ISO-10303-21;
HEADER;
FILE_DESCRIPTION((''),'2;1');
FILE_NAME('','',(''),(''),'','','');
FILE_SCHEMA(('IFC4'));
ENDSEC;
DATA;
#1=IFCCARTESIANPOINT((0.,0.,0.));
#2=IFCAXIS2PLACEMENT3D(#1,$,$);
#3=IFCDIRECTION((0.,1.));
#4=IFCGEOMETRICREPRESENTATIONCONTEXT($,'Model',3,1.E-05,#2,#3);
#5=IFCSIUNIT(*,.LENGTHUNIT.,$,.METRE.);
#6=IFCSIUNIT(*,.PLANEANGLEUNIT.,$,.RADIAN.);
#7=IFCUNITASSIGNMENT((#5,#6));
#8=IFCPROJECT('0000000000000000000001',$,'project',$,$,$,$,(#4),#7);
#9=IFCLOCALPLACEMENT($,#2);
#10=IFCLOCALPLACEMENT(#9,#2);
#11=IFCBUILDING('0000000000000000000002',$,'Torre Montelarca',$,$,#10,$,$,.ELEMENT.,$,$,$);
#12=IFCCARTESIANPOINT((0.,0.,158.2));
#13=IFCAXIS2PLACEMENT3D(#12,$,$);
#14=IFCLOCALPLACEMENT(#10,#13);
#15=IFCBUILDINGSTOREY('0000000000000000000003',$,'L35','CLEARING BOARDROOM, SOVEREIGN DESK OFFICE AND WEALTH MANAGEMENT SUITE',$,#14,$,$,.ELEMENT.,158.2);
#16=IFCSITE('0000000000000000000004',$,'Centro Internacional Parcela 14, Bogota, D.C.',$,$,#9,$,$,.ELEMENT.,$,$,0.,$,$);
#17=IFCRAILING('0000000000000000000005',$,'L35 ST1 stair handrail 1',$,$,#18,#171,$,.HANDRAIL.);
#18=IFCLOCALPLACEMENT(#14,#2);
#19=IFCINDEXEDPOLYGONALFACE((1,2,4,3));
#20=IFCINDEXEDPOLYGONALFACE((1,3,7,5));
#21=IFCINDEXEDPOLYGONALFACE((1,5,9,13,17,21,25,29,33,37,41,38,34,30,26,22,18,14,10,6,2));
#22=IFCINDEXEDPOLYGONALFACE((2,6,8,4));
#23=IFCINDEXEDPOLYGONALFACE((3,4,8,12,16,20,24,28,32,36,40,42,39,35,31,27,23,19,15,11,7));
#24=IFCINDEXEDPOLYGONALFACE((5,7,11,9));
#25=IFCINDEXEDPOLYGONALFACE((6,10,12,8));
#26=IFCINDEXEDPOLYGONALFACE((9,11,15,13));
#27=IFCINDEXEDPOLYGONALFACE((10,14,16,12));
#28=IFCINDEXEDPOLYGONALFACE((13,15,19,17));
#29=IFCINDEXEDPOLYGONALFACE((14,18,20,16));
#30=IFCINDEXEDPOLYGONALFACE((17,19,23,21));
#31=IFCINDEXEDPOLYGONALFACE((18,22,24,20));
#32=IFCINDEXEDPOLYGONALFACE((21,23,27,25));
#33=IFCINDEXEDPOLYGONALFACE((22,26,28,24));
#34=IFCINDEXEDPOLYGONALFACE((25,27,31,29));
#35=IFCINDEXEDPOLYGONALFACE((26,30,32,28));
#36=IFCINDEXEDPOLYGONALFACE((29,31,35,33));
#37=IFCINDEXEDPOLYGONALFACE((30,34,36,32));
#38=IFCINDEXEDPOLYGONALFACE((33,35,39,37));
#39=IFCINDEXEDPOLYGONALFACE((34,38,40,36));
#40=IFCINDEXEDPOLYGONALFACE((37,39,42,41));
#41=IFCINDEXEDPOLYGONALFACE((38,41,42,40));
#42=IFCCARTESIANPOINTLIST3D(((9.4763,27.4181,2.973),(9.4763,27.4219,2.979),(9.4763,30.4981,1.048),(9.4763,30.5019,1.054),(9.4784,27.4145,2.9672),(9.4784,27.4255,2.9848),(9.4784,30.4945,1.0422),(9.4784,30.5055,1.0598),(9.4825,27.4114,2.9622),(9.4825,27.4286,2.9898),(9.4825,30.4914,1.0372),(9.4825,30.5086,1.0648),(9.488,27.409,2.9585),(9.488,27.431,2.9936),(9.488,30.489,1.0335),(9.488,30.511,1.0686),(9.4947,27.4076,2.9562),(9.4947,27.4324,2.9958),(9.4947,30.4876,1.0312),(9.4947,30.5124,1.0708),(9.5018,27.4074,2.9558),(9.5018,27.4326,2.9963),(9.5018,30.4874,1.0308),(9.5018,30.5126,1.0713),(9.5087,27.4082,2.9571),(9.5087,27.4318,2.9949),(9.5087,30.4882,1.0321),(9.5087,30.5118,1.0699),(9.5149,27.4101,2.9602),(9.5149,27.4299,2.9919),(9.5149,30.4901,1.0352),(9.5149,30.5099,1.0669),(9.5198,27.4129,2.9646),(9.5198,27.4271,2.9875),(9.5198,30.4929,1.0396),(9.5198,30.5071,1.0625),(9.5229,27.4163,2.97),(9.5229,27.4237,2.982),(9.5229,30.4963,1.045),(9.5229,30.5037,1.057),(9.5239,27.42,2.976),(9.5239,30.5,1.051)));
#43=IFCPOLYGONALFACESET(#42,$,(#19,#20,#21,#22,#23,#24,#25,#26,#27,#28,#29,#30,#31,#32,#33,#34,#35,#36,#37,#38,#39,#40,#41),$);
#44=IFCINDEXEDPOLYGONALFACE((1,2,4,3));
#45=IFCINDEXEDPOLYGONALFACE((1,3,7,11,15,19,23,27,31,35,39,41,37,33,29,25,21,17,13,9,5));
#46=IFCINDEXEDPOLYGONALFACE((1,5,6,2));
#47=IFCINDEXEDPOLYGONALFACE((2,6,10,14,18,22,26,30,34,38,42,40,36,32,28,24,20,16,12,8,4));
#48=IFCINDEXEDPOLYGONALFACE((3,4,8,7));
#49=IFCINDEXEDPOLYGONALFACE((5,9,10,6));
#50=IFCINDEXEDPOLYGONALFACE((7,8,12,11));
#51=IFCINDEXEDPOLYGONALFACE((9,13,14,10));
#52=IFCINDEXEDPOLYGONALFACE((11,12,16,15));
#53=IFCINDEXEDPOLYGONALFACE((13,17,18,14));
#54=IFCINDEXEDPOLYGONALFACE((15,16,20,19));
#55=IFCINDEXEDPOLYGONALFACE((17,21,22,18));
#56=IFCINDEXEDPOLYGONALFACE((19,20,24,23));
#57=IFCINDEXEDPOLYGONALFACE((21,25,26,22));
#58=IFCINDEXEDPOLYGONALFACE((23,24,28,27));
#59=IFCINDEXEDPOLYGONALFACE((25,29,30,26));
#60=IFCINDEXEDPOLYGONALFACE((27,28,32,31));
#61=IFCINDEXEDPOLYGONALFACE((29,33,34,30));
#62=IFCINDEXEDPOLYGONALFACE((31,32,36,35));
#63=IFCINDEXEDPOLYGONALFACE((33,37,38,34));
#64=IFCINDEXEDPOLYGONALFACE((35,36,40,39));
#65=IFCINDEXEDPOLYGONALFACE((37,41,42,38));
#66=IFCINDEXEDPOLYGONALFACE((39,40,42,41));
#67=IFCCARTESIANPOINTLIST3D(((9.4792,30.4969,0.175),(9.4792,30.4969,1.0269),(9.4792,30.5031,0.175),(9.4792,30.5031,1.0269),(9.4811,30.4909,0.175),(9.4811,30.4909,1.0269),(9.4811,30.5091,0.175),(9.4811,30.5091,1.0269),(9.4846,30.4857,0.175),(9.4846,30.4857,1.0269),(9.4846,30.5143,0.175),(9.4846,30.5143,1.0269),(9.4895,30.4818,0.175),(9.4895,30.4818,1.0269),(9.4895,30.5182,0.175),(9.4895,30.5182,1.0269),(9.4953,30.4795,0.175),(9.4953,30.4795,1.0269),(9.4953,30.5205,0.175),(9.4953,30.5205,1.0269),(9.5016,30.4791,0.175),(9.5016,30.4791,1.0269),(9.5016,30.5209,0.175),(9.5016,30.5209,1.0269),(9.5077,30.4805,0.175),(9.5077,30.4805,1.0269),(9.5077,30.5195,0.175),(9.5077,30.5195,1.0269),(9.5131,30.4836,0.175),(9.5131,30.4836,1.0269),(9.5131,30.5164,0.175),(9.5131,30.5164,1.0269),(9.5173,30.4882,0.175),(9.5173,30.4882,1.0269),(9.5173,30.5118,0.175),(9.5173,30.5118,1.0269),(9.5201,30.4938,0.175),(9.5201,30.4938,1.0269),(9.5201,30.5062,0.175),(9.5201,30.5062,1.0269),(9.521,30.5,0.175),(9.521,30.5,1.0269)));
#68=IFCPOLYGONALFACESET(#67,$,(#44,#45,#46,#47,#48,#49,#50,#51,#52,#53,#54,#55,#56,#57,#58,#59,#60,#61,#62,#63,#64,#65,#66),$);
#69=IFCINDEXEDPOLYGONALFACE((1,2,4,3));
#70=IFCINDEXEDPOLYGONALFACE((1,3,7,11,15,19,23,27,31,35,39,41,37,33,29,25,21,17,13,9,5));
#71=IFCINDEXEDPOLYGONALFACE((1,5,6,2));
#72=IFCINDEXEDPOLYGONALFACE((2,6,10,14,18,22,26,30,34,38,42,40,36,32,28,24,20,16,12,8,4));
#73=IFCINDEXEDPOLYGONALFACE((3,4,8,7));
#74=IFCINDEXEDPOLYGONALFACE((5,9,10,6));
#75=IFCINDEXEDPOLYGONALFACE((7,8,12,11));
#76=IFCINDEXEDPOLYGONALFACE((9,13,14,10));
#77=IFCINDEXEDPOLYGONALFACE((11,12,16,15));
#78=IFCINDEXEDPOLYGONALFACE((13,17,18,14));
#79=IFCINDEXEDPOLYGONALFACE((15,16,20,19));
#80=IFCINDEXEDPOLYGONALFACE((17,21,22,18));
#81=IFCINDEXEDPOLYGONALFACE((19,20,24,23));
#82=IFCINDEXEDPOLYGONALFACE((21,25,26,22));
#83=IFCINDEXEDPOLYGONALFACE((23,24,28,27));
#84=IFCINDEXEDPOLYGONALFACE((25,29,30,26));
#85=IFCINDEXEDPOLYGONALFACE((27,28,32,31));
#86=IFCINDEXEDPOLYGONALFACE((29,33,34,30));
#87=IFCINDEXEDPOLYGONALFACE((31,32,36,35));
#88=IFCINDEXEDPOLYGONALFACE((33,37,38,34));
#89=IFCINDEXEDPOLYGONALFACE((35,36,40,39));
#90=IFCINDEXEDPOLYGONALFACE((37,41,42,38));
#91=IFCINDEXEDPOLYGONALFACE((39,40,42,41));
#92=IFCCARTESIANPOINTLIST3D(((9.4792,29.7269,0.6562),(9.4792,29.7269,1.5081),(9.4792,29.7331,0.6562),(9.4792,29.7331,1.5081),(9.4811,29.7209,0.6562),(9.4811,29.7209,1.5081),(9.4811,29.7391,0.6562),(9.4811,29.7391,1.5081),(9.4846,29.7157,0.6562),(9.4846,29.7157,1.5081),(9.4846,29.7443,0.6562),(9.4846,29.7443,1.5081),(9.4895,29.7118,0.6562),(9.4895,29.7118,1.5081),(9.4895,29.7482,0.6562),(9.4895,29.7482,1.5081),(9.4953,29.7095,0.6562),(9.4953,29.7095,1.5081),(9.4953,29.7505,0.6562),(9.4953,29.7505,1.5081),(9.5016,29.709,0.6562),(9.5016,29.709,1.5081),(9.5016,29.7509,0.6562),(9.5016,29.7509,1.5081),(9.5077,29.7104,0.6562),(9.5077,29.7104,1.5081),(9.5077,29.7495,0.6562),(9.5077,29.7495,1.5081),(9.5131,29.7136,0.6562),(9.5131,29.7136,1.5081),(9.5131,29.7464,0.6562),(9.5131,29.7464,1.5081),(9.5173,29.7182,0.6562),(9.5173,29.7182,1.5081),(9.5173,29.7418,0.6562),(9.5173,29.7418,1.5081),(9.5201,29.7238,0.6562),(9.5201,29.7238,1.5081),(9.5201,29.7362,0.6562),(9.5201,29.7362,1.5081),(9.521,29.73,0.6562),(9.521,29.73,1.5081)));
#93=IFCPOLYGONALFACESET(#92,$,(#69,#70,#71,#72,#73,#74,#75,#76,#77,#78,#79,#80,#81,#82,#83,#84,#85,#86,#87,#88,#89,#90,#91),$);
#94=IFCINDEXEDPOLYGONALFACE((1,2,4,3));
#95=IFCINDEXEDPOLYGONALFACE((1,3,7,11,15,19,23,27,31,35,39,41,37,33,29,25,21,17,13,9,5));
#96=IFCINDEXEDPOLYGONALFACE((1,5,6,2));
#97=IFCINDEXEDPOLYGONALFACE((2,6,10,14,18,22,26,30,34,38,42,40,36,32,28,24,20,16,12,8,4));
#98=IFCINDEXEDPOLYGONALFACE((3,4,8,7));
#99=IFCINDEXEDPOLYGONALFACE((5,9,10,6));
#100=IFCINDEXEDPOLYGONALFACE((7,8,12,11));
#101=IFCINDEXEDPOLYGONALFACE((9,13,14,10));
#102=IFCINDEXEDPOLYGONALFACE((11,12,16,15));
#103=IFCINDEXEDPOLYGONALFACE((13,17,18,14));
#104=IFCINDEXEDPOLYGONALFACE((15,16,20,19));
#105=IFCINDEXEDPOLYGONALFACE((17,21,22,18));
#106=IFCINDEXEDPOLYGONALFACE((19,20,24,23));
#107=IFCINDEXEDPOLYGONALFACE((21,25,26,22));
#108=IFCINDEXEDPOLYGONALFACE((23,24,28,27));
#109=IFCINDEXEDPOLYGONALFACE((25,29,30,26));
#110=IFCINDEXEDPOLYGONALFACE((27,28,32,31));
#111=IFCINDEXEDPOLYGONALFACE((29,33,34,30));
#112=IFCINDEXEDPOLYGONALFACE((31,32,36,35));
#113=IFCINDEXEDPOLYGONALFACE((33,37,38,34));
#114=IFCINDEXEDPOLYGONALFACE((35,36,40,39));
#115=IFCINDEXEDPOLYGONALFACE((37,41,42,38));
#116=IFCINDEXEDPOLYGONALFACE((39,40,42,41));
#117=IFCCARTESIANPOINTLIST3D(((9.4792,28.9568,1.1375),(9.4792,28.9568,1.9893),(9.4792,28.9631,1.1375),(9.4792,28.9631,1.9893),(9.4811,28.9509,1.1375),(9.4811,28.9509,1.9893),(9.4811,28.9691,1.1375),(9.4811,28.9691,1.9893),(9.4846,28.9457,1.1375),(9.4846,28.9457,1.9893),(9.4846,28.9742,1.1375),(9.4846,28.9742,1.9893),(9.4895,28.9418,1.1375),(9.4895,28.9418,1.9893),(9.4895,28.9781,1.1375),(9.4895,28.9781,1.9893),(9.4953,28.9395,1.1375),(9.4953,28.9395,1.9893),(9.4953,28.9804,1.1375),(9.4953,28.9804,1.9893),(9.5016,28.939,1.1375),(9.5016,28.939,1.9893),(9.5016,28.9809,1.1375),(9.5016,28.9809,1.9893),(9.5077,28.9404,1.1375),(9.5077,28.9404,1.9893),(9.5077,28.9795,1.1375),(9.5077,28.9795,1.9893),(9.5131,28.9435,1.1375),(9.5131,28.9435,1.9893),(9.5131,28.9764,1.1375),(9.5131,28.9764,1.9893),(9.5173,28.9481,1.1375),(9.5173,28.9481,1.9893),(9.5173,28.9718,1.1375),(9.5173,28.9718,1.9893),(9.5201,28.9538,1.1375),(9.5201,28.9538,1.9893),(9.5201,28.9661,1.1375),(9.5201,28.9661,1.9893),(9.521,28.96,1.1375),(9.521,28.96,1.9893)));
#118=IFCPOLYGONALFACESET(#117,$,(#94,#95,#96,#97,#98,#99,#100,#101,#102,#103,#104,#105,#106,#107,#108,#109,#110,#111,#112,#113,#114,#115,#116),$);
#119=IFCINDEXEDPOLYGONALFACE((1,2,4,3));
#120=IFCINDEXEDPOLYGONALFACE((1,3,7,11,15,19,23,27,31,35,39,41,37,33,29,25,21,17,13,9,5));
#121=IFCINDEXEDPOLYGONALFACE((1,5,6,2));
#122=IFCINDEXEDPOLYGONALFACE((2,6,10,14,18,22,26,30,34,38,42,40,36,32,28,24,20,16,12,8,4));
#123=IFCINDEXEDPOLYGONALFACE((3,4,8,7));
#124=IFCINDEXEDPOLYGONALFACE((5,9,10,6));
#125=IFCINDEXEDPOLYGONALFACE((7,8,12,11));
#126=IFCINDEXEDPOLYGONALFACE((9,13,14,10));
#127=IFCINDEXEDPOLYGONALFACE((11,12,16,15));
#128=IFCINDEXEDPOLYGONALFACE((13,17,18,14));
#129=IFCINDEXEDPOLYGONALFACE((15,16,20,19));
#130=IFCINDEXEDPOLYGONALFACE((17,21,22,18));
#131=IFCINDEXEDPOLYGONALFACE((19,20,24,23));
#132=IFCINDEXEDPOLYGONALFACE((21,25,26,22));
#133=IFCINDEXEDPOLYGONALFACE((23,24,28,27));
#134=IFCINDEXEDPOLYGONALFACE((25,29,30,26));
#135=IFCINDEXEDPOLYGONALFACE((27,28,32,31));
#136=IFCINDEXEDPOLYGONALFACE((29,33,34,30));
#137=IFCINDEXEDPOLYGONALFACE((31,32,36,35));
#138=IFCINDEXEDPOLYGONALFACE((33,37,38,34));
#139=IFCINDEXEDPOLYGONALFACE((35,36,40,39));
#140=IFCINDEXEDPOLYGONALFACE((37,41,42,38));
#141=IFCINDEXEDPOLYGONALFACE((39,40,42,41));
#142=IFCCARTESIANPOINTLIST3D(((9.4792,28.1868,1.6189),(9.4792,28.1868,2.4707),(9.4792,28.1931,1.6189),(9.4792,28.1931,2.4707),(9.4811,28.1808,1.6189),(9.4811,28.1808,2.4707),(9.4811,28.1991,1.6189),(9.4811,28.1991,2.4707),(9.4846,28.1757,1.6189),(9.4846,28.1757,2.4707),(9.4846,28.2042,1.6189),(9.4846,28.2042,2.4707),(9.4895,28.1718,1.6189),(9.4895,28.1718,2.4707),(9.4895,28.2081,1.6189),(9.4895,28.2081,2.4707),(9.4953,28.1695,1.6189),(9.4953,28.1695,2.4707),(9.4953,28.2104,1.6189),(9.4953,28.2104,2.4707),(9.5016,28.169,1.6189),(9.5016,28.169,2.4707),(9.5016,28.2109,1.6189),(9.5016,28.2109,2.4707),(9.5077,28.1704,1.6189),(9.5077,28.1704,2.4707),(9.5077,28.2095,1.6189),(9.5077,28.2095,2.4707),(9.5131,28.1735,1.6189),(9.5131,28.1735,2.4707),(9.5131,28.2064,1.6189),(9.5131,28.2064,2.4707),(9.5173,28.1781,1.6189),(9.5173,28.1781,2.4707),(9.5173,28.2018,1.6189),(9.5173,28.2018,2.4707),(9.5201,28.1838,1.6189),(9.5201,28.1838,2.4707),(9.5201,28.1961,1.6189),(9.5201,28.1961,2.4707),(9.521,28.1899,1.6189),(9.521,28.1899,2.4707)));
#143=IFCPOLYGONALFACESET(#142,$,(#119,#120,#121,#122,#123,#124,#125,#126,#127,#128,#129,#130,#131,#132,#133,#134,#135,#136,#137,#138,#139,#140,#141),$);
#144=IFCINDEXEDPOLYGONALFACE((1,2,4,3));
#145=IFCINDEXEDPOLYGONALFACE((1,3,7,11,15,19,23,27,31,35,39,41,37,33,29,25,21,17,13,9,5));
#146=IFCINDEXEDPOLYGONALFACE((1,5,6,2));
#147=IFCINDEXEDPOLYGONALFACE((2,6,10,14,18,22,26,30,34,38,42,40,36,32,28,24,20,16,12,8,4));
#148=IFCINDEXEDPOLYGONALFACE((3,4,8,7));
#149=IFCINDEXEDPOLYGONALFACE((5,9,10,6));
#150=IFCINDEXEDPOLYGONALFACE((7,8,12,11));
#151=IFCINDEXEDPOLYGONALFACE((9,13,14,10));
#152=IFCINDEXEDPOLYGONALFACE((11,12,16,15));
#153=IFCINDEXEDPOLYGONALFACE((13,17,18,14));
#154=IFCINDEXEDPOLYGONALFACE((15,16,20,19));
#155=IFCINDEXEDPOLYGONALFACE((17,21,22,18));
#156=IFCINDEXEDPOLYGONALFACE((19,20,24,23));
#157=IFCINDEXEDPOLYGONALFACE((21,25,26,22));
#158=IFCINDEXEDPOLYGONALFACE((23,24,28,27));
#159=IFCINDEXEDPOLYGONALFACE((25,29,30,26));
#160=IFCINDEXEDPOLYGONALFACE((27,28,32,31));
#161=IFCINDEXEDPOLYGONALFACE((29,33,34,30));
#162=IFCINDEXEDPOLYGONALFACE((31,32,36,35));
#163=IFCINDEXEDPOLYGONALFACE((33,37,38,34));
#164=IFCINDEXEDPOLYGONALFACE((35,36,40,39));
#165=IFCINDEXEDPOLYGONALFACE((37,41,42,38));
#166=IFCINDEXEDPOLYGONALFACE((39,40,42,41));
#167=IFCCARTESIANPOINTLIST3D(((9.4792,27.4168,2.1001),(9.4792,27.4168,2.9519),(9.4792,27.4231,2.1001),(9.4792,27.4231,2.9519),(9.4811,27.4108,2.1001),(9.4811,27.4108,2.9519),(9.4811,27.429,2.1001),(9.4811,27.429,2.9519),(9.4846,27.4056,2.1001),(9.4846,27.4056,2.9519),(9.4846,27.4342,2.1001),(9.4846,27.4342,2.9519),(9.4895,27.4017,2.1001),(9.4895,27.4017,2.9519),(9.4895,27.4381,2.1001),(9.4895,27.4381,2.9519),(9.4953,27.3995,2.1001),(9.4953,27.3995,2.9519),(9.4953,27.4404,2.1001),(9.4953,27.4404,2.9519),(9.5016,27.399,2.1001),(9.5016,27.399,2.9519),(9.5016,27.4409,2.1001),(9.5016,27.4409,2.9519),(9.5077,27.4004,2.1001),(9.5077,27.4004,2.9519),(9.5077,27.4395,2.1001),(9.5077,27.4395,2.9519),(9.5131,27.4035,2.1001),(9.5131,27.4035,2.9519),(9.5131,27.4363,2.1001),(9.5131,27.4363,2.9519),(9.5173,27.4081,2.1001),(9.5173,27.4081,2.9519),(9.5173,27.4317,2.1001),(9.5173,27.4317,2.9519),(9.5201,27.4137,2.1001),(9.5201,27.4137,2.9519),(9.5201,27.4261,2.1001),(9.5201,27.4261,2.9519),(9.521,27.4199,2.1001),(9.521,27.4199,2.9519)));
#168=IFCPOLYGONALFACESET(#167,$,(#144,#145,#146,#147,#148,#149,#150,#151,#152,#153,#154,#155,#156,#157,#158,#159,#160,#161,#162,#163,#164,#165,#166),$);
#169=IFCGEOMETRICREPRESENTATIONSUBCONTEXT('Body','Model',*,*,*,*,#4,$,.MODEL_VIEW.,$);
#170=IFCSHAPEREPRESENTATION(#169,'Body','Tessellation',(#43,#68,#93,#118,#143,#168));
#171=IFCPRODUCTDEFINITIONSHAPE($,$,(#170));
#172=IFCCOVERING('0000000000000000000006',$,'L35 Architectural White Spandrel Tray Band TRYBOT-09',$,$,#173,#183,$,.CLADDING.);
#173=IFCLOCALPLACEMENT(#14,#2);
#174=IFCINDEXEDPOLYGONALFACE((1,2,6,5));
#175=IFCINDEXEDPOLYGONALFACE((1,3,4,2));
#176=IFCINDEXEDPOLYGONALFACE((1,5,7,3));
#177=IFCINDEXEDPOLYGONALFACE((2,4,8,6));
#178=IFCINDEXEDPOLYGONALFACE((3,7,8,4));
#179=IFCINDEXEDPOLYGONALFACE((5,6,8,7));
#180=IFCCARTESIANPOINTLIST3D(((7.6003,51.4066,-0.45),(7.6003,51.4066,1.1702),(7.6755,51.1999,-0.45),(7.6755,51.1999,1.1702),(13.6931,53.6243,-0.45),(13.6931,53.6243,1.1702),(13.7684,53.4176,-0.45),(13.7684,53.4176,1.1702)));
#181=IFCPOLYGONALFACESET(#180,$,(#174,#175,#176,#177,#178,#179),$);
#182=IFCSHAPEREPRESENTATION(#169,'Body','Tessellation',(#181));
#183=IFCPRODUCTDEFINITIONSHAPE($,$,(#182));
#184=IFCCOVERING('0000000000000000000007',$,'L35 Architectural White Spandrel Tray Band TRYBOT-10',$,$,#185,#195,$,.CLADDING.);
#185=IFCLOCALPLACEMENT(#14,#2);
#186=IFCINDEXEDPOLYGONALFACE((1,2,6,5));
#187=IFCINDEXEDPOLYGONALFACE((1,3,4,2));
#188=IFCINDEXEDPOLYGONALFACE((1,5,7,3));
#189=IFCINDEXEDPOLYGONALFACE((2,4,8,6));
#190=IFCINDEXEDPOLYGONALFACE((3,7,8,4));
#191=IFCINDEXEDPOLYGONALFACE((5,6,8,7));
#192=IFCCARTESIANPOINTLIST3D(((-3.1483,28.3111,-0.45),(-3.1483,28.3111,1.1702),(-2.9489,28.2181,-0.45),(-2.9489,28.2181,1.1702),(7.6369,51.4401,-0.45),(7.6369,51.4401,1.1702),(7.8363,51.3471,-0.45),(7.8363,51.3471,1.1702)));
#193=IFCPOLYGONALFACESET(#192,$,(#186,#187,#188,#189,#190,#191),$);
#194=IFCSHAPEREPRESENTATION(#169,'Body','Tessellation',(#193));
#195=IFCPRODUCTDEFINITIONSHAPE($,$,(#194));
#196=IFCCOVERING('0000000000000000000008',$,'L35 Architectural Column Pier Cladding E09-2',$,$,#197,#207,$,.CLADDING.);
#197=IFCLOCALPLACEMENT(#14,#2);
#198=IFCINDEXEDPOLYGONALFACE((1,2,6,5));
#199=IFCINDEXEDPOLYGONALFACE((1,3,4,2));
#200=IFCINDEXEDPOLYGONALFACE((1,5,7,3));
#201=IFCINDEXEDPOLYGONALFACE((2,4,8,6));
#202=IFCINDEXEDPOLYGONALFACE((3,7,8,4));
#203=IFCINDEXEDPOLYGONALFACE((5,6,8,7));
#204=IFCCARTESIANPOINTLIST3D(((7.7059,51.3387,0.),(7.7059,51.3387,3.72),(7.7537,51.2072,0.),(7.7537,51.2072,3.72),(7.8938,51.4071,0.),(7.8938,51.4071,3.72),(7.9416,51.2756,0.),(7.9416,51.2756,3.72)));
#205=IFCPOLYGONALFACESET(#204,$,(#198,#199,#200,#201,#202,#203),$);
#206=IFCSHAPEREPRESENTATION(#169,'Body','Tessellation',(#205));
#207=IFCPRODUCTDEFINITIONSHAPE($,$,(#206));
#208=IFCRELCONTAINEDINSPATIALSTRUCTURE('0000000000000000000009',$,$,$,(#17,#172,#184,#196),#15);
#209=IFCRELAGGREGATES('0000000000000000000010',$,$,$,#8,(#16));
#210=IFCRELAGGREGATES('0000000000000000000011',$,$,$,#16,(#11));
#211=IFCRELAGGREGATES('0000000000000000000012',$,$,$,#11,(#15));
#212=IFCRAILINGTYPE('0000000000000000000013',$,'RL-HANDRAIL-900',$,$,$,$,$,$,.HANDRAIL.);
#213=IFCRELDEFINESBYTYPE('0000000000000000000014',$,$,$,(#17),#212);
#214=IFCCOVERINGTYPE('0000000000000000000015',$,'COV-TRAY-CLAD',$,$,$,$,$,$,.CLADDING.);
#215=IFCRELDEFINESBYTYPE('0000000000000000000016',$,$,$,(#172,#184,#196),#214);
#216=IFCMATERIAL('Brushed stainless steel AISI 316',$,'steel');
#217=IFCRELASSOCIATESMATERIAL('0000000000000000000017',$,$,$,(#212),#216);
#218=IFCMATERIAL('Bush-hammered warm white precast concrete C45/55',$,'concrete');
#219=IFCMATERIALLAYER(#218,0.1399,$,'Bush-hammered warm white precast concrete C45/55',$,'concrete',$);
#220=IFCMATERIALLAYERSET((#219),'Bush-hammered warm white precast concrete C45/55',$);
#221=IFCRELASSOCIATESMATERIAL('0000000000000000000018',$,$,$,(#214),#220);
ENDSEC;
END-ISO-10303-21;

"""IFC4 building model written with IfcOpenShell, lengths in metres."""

from ifc_helpers import new_model, si_unit, direction, frame, origin, origin_2d, place, context, subcontext, project, spatial, rectangle, circle, extrude, source, transform, mapped, material, layer, layer_set, type_object, element, save


model = new_model("IFC4")

# Units and contexts
model_context = context("Model", 3, precision=1e-05, world=origin(), true_north=direction((0.0, 1.0)))
body_context = subcontext(model_context, "Body", "Model", "MODEL_VIEW")
ifc_project = project(units=[si_unit("LENGTHUNIT", "METRE"), si_unit("PLANEANGLEUNIT", "RADIAN")], contexts=[model_context])

# Site, building, storey
site_placement = place(None, origin())
site = spatial("IfcSite", under=ifc_project, at=site_placement, Name="Centro Internacional Parcela 14, Bogota, D.C.", CompositionType="ELEMENT", RefElevation=0.0)
building_placement = place(site_placement, origin())
building = spatial("IfcBuilding", under=site, at=building_placement, Name="Torre Montelarca", CompositionType="ELEMENT")
storey_placement = place(building_placement, frame((0.0, 0.0, 158.2)))
storey = spatial("IfcBuildingStorey", under=building, at=storey_placement, Name="L35", Description="CLEARING BOARDROOM, SOVEREIGN DESK OFFICE AND WEALTH MANAGEMENT SUITE", CompositionType="ELEMENT", Elevation=158.2)

# Shared definitions
ifc_material_1 = material(Name="Brushed stainless steel AISI 316", Category="steel")

# Railing
railing_type = type_object("IfcRailingType", Name="RL-HANDRAIL-900", PredefinedType="HANDRAIL", material=ifc_material_1)
railing_placement = place(storey_placement, frame((9.5, 30.5, 0.175)))
element("IfcRailing", 1, at=railing_placement, inside=storey, type_object=railing_type, Name="L35 ST1 stair handrail 1", PredefinedType="HANDRAIL", context=body_context, shape_type="SweptSolid", body=[
    extrude(circle(Radius=0.0239, at=origin_2d()), frame((0.0, 0.0, 0.876), z_axis=(0.0, -0.847998, 0.529999), x_axis=(1.0, 0.0, 0.0)), (0.0, 0.0, 1.0), 3.6321),
    extrude(circle(Radius=0.021, at=origin_2d()), origin(), (0.0, 0.0, 1.0), 0.8518),
    extrude(circle(Radius=0.021, at=origin_2d()), frame((0.0, -0.77, 0.4812)), (0.0, 0.0, 1.0), 0.8518),
    extrude(circle(Radius=0.021, at=origin_2d()), frame((0.0, -1.54, 0.9624)), (0.0, 0.0, 1.0), 0.8518),
    extrude(circle(Radius=0.021, at=origin_2d()), frame((0.0, -2.3101, 1.4438)), (0.0, 0.0, 1.0), 0.8518),
    extrude(circle(Radius=0.021, at=origin_2d()), frame((0.0, -3.0801, 1.925)), (0.0, 0.0, 1.0), 0.8518),
])

# Coverings
ifc_material_2 = material(Name="Bush-hammered warm white precast concrete C45/55", Category="concrete")
ifc_layer_1 = layer(ifc_material_2, 0.1399, Name="Bush-hammered warm white precast concrete C45/55", Category="concrete")
ifc_layer_set_1 = layer_set([ifc_layer_1], Name="Bush-hammered warm white precast concrete C45/55")
covering_type = type_object("IfcCoveringType", Name="COV-TRAY-CLAD", PredefinedType="CLADDING", material=ifc_layer_set_1)
shared_shape_1 = source(origin(), body_context, "Body", "SweptSolid", [
    extrude(rectangle(XDim=6.4839, YDim=0.22, at=origin_2d()), origin(), (0.0, 0.0, 1.0), 1.6201),
])
covering_1_placement = place(storey_placement, frame((10.6843, 52.4121, -0.45), z_axis=(0.0, 0.0, 1.0), x_axis=(-0.939691, -0.342023, 0.0)))
element("IfcCovering", 2, at=covering_1_placement, inside=storey, type_object=covering_type, Name="L35 Architectural White Spandrel Tray Band TRYBOT-09", PredefinedType="CLADDING", context=body_context, shape_type="MappedRepresentation", body=[
    mapped(shared_shape_1, transform((0.0, 0.0, 0.0), scale=1.0)),
])
shared_shape_2 = source(origin(), body_context, "Body", "SweptSolid", [
    extrude(rectangle(XDim=25.52, YDim=0.22, at=origin_2d()), origin(), (0.0, 0.0, 1.0), 1.6201),
])
covering_2_placement = place(storey_placement, frame((2.344, 39.8291, -0.45), z_axis=(0.0, 0.0, 1.0), x_axis=(-0.422618, -0.906308, 0.0)))
element("IfcCovering", 3, at=covering_2_placement, inside=storey, type_object=covering_type, Name="L35 Architectural White Spandrel Tray Band TRYBOT-10", PredefinedType="CLADDING", context=body_context, shape_type="MappedRepresentation", body=[
    mapped(shared_shape_2, transform((0.0, 0.0, 0.0), scale=1.0)),
])
shared_shape_3 = source(origin(), body_context, "Body", "SweptSolid", [
    extrude(rectangle(XDim=0.2, YDim=0.1399, at=origin_2d()), origin(), (0.0, 0.0, 1.0), 3.72),
])
for number, where, z_axis, x_axis, name in (
    (4, (7.8237, 51.3071, 0.0), (0.0, 0.0, 1.0), (-0.939694, -0.342017, 0.0), "L35 Architectural Column Pier Cladding E09-2"),
):
    element("IfcCovering", number, at=place(storey_placement, frame(where, z_axis=z_axis, x_axis=x_axis)), inside=storey, type_object=covering_type, Name=name, PredefinedType="CLADDING", context=body_context, shape_type="MappedRepresentation", body=[
        mapped(shared_shape_3, transform((0.0, 0.0, 0.0), scale=1.0)),
    ])

save(model, "model.ifc")
